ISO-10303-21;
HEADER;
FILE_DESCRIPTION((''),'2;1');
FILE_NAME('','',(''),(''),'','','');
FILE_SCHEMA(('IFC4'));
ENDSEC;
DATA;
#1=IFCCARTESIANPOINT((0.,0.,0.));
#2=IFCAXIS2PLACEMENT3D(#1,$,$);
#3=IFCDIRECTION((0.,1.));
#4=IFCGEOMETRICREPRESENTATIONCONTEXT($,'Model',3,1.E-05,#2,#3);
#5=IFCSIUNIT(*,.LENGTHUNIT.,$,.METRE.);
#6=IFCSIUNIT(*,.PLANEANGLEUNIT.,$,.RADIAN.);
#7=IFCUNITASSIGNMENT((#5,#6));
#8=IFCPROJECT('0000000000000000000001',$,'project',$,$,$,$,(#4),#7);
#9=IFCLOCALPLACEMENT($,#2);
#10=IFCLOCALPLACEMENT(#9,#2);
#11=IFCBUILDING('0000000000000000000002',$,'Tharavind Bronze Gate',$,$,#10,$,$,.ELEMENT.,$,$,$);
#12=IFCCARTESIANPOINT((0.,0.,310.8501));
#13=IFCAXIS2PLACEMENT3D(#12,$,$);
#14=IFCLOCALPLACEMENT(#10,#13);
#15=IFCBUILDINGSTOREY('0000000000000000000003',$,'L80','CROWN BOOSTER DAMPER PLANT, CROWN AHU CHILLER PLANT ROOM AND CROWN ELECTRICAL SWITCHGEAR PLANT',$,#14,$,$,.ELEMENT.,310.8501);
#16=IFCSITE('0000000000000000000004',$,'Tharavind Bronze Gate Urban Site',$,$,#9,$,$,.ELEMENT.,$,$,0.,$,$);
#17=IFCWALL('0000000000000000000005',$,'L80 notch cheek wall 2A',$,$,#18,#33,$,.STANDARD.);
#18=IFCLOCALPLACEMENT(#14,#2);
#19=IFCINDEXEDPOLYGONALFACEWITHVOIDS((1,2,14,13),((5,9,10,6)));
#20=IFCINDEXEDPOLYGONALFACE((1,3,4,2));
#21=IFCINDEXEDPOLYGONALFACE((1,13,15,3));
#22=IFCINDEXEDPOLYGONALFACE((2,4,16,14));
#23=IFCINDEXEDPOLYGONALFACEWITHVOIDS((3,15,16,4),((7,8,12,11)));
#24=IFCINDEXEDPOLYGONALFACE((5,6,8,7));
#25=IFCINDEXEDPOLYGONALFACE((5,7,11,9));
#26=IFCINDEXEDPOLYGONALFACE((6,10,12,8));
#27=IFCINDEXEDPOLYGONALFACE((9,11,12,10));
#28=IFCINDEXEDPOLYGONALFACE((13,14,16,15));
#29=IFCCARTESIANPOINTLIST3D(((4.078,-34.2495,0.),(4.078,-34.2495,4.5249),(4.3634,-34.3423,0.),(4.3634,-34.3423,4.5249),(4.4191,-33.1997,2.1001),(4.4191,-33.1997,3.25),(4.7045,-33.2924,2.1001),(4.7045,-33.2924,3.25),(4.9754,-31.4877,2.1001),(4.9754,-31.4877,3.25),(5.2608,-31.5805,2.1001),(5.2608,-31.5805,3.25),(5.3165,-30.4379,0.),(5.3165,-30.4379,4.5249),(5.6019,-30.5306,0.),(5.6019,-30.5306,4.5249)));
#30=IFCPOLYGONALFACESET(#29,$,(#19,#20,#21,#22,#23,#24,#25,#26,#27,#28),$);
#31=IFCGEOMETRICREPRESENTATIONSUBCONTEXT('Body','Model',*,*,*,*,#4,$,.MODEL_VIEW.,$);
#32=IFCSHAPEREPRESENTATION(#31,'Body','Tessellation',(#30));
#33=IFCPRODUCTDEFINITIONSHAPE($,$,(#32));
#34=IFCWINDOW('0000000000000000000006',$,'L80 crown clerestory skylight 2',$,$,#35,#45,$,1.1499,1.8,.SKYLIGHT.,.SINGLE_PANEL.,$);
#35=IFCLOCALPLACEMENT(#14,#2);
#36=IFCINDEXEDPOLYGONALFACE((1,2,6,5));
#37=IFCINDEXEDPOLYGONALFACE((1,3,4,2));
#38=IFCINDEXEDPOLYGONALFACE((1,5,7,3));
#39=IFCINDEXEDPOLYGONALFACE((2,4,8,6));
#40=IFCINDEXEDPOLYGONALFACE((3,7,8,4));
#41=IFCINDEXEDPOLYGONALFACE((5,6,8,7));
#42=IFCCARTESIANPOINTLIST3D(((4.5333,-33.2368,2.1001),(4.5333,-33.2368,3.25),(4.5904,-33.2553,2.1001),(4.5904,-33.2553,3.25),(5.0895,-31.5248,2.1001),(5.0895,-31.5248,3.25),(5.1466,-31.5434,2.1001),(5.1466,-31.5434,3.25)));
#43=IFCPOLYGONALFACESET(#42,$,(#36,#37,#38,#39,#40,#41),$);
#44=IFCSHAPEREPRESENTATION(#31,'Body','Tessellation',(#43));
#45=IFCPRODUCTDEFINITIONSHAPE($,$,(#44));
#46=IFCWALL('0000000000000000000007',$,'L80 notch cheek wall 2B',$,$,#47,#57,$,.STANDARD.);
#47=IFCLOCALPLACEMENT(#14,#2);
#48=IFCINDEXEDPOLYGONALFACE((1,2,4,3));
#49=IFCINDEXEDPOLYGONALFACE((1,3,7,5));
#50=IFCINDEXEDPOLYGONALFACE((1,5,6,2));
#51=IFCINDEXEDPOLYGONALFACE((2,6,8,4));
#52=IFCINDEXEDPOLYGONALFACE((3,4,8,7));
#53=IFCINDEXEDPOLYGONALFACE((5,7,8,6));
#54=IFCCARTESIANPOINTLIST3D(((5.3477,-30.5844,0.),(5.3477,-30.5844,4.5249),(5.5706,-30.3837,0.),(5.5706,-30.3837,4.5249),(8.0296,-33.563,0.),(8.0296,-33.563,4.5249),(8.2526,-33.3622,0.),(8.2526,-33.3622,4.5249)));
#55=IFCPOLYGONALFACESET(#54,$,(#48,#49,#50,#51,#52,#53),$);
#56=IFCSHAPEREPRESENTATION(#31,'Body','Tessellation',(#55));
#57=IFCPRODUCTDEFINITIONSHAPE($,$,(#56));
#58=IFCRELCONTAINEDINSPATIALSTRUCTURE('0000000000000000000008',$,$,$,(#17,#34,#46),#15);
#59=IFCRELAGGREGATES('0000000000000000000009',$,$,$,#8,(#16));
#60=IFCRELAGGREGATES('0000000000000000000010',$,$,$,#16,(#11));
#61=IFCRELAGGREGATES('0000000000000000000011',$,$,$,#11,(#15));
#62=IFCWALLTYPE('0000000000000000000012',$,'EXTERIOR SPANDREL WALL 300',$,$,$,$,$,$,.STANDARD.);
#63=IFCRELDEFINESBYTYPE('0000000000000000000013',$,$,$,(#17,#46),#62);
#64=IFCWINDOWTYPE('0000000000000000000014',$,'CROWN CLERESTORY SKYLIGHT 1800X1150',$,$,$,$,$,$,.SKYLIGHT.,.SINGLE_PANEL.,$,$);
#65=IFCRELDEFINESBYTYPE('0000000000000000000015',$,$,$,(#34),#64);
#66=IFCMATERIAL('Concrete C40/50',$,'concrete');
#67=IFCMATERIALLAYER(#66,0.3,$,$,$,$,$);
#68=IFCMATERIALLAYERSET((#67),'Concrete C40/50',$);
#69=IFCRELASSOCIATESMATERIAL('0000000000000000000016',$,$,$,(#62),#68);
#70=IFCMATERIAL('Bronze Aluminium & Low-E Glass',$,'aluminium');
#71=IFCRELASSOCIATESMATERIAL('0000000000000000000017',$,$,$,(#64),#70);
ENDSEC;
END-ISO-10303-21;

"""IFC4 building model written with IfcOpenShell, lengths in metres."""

from ifc_helpers import new_model, si_unit, direction, frame, frame_2d, origin, place, context, subcontext, project, spatial, rectangle, extrude, material, layer, layer_set, type_object, element, fill, save


model = new_model("IFC4")

# Units and contexts
model_context = context("Model", 3, precision=1e-05, world=origin(), true_north=direction((0.0, 1.0)))
body_context = subcontext(model_context, "Body", "Model", "MODEL_VIEW")
ifc_project = project(units=[si_unit("LENGTHUNIT", "METRE"), si_unit("PLANEANGLEUNIT", "RADIAN")], contexts=[model_context])

# Site, building, storey
site_placement = place(None, origin())
site = spatial("IfcSite", under=ifc_project, at=site_placement, Name="Tharavind Bronze Gate Urban Site", CompositionType="ELEMENT", RefElevation=0.0)
building_placement = place(site_placement, origin())
building = spatial("IfcBuilding", under=site, at=building_placement, Name="Tharavind Bronze Gate", CompositionType="ELEMENT")
storey_placement = place(building_placement, frame((0.0, 0.0, 310.8501)))
storey = spatial("IfcBuildingStorey", under=building, at=storey_placement, Name="L80", Description="CROWN BOOSTER DAMPER PLANT, CROWN AHU CHILLER PLANT ROOM AND CROWN ELECTRICAL SWITCHGEAR PLANT", CompositionType="ELEMENT", Elevation=310.8501)

# Wall, opening, window
ifc_material_1 = material(Name="Concrete C40/50", Category="concrete")
ifc_layer_1 = layer(ifc_material_1, 0.3)
ifc_layer_set_1 = layer_set([ifc_layer_1], Name="Concrete C40/50")
wall_type = type_object("IfcWallType", Name="EXTERIOR SPANDREL WALL 300", PredefinedType="STANDARD", material=ifc_layer_set_1)
wall_1_placement = place(storey_placement, frame((4.2207, -34.2959, 0.0), z_axis=(0.0, 0.0, 1.0), x_axis=(0.309019, 0.951056, 0.0)))
wall_1 = element("IfcWall", 1, at=wall_1_placement, inside=storey, type_object=wall_type, Name="L80 notch cheek wall 2A", PredefinedType="STANDARD", context=body_context, shape_type="SweptSolid", body=[
    extrude(rectangle(XDim=4.0078, YDim=0.3, at=frame_2d((2.0039, 0.0))), origin(), (0.0, 0.0, 1.0), 4.5249),
])
opening_placement = place(wall_1_placement, frame((1.104, 0.0, 2.1001)))
opening = element("IfcOpeningElement", 2, at=opening_placement, cuts=wall_1, PredefinedType="OPENING", context=body_context, shape_type="SweptSolid", body=[
    extrude(rectangle(XDim=1.8, YDim=1.1499, at=frame_2d((0.8999, 0.575))), frame((0.0, 0.1599, 0.0), z_axis=(0.0, -1.0, 0.0), x_axis=(1.0, 0.0, 0.0)), (0.0, 0.0, 1.0), 0.32),
])
ifc_material_2 = material(Name="Bronze Aluminium & Low-E Glass", Category="aluminium")
window_type = type_object("IfcWindowType", Name="CROWN CLERESTORY SKYLIGHT 1800X1150", PartitioningType="SINGLE_PANEL", PredefinedType="SKYLIGHT", material=ifc_material_2)
window_placement = place(opening_placement, origin())
window = element("IfcWindow", 3, at=window_placement, inside=storey, type_object=window_type, Name="L80 crown clerestory skylight 2", OverallHeight=1.1499, OverallWidth=1.8, PartitioningType="SINGLE_PANEL", PredefinedType="SKYLIGHT", context=body_context, shape_type="SweptSolid", body=[
    extrude(rectangle(XDim=1.8, YDim=1.1499, at=frame_2d((0.8999, 0.575))), frame((0.0, 0.03, 0.0), z_axis=(0.0, -1.0, 0.0), x_axis=(1.0, 0.0, 0.0)), (0.0, 0.0, 1.0), 0.0601),
])
fill(opening, window)

# Wall
wall_2_placement = place(storey_placement, frame((5.4592, -30.4841, 0.0), z_axis=(0.0, 0.0, 1.0), x_axis=(0.669133, -0.743143, 0.0)))
element("IfcWall", 4, at=wall_2_placement, inside=storey, type_object=wall_type, Name="L80 notch cheek wall 2B", PredefinedType="STANDARD", context=body_context, shape_type="SweptSolid", body=[
    extrude(rectangle(XDim=4.0081, YDim=0.3, at=frame_2d((2.0039, 0.0))), origin(), (0.0, 0.0, 1.0), 4.5249),
])

save(model, "model.ifc")
